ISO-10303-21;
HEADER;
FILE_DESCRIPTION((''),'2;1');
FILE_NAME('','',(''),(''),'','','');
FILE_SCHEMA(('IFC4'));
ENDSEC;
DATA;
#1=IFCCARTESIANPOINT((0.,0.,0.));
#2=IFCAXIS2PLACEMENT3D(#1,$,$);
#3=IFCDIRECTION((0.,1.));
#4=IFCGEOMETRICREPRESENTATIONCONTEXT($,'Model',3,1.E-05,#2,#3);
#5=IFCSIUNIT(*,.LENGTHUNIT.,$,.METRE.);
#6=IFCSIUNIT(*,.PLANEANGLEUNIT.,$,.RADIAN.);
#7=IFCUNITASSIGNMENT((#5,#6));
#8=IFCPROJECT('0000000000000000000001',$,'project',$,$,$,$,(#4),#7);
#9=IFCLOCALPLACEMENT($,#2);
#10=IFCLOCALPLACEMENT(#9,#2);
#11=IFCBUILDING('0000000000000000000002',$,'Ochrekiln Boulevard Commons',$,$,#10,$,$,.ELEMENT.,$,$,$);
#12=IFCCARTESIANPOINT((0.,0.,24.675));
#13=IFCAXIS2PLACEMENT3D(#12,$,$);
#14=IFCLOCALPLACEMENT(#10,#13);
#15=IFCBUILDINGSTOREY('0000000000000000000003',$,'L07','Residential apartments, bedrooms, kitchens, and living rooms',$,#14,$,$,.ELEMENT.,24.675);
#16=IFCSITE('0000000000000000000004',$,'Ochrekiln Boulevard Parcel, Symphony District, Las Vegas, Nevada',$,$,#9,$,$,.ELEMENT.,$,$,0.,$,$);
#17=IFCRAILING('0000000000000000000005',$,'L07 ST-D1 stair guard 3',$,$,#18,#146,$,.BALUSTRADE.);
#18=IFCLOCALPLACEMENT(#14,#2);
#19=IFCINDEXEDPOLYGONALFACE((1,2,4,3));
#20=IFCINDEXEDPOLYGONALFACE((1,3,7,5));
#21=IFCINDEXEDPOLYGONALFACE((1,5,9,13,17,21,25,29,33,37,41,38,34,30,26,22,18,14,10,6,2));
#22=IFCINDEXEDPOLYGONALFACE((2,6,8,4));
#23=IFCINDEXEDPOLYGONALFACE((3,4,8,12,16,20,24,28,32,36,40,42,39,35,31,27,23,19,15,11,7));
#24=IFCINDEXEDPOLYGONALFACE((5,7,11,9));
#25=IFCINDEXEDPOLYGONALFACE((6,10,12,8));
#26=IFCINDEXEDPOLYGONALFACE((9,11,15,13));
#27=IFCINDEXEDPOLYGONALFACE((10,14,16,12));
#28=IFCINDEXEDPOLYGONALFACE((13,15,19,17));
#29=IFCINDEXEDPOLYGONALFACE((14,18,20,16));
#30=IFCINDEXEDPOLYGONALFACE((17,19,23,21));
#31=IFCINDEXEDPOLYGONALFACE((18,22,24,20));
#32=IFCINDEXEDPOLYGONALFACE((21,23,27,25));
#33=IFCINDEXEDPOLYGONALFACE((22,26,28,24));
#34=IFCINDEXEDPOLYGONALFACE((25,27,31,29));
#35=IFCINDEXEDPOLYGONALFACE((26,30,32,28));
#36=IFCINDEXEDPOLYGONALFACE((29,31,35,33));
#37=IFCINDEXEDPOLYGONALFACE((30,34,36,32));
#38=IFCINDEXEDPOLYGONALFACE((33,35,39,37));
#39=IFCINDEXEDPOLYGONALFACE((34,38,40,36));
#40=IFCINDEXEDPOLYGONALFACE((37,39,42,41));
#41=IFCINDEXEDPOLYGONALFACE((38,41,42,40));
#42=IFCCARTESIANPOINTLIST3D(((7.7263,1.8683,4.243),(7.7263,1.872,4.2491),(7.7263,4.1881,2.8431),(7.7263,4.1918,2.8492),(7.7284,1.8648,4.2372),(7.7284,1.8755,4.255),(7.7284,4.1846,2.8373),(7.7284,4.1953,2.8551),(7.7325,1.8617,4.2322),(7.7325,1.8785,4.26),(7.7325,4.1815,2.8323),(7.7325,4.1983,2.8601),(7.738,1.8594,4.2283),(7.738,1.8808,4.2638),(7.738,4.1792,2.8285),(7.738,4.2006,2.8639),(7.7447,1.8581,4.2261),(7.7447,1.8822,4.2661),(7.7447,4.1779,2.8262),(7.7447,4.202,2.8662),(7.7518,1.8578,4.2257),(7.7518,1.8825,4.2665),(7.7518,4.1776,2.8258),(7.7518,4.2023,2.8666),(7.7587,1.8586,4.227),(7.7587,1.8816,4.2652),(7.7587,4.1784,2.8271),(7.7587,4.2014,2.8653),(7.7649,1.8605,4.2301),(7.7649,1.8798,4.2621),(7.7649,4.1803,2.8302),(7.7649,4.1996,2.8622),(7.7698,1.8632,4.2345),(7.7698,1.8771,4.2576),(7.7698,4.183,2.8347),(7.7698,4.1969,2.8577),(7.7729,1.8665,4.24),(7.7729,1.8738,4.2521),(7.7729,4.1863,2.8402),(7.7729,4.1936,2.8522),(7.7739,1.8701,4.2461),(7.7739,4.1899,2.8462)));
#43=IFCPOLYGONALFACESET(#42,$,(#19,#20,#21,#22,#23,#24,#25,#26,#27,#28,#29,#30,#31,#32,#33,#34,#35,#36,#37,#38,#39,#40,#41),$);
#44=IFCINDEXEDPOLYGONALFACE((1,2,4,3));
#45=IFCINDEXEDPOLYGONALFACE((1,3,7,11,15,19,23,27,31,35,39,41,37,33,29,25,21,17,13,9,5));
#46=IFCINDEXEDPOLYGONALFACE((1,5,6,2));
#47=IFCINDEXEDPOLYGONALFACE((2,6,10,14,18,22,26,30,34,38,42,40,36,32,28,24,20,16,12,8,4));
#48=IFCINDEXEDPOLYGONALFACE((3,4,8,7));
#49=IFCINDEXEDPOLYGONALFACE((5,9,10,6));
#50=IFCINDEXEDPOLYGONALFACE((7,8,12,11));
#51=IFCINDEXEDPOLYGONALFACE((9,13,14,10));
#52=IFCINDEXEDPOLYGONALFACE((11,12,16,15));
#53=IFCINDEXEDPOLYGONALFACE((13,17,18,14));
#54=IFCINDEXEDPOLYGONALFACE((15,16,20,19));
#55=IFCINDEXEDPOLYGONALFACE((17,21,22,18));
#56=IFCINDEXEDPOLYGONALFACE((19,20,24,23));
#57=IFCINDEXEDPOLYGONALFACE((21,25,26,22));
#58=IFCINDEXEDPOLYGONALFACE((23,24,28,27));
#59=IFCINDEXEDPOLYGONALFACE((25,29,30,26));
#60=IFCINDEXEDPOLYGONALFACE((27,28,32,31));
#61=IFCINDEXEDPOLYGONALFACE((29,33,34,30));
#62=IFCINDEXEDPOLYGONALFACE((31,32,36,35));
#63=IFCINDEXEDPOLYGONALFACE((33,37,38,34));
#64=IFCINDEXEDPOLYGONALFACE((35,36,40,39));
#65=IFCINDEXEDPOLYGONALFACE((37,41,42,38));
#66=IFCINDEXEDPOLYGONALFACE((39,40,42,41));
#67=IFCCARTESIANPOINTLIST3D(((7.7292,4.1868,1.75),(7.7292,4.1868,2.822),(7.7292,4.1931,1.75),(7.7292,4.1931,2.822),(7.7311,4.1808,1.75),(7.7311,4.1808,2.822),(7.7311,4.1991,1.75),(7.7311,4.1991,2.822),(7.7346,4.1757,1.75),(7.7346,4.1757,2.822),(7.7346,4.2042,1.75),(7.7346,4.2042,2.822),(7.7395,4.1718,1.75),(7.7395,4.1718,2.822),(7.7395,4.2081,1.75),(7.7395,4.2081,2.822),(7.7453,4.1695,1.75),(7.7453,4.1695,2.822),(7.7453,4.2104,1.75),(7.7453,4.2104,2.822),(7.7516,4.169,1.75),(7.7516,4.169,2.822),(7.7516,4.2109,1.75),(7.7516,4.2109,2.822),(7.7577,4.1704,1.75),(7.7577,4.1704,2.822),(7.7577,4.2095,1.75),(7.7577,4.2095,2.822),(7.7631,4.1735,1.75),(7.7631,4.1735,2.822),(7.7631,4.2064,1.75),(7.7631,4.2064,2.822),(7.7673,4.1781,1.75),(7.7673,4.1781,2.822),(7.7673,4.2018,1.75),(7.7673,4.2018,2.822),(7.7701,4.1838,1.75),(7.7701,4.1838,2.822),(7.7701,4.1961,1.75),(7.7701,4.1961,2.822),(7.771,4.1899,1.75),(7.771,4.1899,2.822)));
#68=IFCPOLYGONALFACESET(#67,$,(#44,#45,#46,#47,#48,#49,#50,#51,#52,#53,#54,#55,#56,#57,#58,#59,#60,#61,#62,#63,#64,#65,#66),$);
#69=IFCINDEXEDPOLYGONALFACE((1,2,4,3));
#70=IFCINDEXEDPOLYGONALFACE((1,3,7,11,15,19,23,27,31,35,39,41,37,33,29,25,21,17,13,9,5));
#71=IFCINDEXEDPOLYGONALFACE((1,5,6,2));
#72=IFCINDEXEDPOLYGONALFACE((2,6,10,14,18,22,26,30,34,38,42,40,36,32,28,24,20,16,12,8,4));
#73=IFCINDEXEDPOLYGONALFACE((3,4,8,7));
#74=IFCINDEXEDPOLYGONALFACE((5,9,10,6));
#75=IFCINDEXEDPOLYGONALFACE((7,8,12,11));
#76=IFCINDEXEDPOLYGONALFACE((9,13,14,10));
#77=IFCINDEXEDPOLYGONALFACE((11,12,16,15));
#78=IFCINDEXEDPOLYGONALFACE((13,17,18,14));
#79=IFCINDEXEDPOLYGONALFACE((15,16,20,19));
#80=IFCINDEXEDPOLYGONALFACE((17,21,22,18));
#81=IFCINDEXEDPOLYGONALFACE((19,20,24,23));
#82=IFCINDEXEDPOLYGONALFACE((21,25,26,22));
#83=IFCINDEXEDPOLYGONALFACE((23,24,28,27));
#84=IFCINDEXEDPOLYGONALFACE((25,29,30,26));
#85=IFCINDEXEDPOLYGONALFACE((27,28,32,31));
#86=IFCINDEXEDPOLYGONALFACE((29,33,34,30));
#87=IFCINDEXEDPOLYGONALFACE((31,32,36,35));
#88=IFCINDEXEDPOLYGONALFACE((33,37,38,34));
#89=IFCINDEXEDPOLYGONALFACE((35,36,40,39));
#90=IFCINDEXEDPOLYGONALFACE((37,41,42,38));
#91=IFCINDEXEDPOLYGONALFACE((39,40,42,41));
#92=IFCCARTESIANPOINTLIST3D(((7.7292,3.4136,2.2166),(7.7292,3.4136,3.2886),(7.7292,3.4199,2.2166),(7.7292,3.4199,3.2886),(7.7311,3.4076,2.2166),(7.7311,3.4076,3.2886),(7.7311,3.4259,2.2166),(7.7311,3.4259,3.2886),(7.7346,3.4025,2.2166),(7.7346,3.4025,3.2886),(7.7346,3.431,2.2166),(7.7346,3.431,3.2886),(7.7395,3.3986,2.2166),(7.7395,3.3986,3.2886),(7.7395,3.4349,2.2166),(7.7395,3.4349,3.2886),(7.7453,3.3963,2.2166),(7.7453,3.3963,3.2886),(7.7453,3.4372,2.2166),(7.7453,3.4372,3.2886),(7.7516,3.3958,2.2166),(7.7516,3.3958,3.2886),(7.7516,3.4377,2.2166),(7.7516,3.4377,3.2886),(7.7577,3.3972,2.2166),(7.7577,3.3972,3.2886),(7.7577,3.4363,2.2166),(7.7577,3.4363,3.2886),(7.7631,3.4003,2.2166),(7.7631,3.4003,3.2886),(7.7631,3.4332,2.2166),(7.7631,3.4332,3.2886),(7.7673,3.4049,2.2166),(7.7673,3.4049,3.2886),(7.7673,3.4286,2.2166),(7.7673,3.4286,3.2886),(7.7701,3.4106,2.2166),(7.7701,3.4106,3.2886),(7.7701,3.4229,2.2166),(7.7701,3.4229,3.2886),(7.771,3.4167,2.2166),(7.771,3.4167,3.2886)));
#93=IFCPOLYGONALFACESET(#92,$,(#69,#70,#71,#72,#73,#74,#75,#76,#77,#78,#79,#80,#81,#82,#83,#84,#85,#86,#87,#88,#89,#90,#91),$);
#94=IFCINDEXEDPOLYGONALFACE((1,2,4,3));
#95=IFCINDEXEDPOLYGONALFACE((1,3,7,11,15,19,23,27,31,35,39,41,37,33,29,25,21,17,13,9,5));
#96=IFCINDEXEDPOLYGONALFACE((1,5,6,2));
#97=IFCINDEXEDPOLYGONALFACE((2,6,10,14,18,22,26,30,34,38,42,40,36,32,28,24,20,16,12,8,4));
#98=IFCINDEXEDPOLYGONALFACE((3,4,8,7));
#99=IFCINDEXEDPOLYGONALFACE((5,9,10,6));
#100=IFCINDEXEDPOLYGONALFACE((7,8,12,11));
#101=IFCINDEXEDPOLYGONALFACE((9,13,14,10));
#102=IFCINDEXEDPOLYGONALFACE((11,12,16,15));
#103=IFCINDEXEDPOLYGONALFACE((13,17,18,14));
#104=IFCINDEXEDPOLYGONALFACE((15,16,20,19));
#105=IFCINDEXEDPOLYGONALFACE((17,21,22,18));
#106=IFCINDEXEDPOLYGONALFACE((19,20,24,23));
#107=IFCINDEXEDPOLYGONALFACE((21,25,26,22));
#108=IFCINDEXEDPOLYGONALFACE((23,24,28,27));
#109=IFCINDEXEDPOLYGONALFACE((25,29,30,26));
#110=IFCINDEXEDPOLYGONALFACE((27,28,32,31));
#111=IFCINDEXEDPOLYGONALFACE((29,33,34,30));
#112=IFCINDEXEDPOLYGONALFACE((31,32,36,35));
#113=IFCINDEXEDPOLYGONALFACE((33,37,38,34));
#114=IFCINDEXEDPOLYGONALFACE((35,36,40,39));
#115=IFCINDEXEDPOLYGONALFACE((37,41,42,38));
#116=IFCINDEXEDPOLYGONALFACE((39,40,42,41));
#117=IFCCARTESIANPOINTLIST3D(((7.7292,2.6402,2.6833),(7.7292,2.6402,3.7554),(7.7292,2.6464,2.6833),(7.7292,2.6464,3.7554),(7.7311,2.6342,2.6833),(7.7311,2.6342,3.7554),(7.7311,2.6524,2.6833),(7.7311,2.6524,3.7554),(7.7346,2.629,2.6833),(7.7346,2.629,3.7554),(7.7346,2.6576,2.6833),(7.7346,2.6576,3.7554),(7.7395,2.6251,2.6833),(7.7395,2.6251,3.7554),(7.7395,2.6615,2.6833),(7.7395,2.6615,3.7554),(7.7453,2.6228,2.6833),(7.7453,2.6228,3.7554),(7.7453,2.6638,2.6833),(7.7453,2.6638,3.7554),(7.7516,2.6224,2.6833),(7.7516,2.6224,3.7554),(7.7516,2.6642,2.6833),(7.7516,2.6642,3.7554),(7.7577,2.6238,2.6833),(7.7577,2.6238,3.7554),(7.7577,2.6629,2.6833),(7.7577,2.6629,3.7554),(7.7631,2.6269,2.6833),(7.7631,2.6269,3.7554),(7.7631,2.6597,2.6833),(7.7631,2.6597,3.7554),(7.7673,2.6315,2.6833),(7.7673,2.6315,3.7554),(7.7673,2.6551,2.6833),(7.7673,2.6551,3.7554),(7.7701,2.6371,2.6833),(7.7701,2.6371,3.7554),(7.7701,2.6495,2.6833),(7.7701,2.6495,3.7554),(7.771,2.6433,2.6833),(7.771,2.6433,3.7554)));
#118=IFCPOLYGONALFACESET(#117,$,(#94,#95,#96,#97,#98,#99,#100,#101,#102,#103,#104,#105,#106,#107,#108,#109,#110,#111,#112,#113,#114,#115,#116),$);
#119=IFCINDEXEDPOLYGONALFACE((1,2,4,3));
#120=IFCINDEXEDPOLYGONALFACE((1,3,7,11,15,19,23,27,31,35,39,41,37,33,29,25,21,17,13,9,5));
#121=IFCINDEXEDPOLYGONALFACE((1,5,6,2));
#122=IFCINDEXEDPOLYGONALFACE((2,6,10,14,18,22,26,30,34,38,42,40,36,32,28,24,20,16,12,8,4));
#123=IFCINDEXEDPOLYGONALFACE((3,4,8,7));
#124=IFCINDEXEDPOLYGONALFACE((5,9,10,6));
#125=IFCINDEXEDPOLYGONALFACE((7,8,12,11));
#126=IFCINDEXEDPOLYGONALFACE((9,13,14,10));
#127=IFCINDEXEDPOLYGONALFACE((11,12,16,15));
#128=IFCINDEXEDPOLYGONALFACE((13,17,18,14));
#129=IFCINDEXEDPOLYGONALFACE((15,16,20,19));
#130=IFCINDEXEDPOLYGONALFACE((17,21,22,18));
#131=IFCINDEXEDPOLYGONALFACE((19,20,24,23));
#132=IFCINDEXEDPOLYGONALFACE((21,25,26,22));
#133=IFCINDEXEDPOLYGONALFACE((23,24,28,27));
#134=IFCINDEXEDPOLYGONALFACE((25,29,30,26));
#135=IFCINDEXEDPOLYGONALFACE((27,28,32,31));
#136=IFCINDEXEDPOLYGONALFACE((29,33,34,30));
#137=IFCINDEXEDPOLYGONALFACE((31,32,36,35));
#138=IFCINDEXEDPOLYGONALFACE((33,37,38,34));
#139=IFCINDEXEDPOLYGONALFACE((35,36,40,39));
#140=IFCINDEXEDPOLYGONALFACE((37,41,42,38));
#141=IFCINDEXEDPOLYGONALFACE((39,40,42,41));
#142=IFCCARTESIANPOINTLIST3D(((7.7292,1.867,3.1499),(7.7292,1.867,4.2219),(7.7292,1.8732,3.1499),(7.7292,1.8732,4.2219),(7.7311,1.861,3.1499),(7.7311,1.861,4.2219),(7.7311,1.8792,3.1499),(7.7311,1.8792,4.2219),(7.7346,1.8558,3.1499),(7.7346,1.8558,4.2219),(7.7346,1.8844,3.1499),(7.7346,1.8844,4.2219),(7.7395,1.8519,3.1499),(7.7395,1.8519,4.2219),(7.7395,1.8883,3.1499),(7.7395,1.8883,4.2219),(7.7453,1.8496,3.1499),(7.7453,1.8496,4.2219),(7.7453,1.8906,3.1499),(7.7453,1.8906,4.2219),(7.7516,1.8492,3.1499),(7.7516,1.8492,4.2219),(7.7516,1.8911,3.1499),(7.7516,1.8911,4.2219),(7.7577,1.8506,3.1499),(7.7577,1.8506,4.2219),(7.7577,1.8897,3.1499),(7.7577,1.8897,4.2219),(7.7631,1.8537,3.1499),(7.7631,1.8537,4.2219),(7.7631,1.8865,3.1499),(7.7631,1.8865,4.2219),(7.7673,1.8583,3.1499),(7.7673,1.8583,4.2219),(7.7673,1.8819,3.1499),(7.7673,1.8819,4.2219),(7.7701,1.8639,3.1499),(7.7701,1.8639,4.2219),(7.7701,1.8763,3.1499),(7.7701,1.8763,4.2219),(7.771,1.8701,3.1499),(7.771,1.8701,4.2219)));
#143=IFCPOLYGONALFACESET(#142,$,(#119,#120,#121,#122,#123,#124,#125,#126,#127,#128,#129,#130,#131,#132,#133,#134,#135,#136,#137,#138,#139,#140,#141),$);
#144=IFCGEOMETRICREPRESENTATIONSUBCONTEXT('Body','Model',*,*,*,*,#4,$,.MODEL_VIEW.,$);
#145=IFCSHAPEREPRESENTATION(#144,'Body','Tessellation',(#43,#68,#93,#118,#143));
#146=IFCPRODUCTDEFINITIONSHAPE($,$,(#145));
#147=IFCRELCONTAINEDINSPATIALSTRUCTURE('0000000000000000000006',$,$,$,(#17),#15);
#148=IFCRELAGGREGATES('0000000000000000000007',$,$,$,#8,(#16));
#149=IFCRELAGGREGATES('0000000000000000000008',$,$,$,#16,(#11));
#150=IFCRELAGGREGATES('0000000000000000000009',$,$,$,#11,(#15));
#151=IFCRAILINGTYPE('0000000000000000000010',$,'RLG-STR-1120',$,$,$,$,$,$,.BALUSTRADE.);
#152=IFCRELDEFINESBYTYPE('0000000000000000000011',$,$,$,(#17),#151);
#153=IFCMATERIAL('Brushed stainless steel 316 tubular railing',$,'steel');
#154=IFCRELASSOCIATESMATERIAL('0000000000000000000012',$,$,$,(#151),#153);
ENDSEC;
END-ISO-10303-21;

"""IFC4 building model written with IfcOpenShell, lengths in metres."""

from ifc_helpers import new_model, si_unit, direction, frame, origin, origin_2d, place, context, subcontext, project, spatial, circle, extrude, material, type_object, element, save


model = new_model("IFC4")

# Units and contexts
model_context = context("Model", 3, precision=1e-05, world=origin(), true_north=direction((0.0, 1.0)))
body_context = subcontext(model_context, "Body", "Model", "MODEL_VIEW")
ifc_project = project(units=[si_unit("LENGTHUNIT", "METRE"), si_unit("PLANEANGLEUNIT", "RADIAN")], contexts=[model_context])

# Site, building, storey
site_placement = place(None, origin())
site = spatial("IfcSite", under=ifc_project, at=site_placement, Name="Ochrekiln Boulevard Parcel, Symphony District, Las Vegas, Nevada", CompositionType="ELEMENT", RefElevation=0.0)
building_placement = place(site_placement, origin())
building = spatial("IfcBuilding", under=site, at=building_placement, Name="Ochrekiln Boulevard Commons", CompositionType="ELEMENT")
storey_placement = place(building_placement, frame((0.0, 0.0, 24.675)))
storey = spatial("IfcBuildingStorey", under=building, at=storey_placement, Name="L07", Description="Residential apartments, bedrooms, kitchens, and living rooms", CompositionType="ELEMENT", Elevation=24.675)

# Railing
ifc_material_1 = material(Name="Brushed stainless steel 316 tubular railing", Category="steel")
railing_type_1 = type_object("IfcRailingType", Name="RLG-STR-1120", PredefinedType="BALUSTRADE", material=ifc_material_1)
railing_1_placement = place(storey_placement, frame((7.75, 4.1899, 1.75)))
element("IfcRailing", 1, at=railing_1_placement, inside=storey, type_object=railing_type_1, Name="L07 ST-D1 stair guard 3", PredefinedType="BALUSTRADE", context=body_context, shape_type="SweptSolid", body=[
    extrude(circle(Radius=0.0239, at=origin_2d()), frame((0.0, 0.0, 1.0962), z_axis=(0.0, -0.856186, 0.516667), x_axis=(1.0, 0.0, 0.0)), (0.0, 0.0, 1.0), 2.7095),
    extrude(circle(Radius=0.021, at=origin_2d()), origin(), (0.0, 0.0, 1.0), 1.072),
    extrude(circle(Radius=0.021, at=origin_2d()), frame((0.0, -0.7732, 0.4666)), (0.0, 0.0, 1.0), 1.072),
    extrude(circle(Radius=0.021, at=origin_2d()), frame((0.0, -1.5466, 0.9333)), (0.0, 0.0, 1.0), 1.072),
    extrude(circle(Radius=0.021, at=origin_2d()), frame((0.0, -2.3198, 1.3999)), (0.0, 0.0, 1.0), 1.072),
])

save(model, "model.ifc")
